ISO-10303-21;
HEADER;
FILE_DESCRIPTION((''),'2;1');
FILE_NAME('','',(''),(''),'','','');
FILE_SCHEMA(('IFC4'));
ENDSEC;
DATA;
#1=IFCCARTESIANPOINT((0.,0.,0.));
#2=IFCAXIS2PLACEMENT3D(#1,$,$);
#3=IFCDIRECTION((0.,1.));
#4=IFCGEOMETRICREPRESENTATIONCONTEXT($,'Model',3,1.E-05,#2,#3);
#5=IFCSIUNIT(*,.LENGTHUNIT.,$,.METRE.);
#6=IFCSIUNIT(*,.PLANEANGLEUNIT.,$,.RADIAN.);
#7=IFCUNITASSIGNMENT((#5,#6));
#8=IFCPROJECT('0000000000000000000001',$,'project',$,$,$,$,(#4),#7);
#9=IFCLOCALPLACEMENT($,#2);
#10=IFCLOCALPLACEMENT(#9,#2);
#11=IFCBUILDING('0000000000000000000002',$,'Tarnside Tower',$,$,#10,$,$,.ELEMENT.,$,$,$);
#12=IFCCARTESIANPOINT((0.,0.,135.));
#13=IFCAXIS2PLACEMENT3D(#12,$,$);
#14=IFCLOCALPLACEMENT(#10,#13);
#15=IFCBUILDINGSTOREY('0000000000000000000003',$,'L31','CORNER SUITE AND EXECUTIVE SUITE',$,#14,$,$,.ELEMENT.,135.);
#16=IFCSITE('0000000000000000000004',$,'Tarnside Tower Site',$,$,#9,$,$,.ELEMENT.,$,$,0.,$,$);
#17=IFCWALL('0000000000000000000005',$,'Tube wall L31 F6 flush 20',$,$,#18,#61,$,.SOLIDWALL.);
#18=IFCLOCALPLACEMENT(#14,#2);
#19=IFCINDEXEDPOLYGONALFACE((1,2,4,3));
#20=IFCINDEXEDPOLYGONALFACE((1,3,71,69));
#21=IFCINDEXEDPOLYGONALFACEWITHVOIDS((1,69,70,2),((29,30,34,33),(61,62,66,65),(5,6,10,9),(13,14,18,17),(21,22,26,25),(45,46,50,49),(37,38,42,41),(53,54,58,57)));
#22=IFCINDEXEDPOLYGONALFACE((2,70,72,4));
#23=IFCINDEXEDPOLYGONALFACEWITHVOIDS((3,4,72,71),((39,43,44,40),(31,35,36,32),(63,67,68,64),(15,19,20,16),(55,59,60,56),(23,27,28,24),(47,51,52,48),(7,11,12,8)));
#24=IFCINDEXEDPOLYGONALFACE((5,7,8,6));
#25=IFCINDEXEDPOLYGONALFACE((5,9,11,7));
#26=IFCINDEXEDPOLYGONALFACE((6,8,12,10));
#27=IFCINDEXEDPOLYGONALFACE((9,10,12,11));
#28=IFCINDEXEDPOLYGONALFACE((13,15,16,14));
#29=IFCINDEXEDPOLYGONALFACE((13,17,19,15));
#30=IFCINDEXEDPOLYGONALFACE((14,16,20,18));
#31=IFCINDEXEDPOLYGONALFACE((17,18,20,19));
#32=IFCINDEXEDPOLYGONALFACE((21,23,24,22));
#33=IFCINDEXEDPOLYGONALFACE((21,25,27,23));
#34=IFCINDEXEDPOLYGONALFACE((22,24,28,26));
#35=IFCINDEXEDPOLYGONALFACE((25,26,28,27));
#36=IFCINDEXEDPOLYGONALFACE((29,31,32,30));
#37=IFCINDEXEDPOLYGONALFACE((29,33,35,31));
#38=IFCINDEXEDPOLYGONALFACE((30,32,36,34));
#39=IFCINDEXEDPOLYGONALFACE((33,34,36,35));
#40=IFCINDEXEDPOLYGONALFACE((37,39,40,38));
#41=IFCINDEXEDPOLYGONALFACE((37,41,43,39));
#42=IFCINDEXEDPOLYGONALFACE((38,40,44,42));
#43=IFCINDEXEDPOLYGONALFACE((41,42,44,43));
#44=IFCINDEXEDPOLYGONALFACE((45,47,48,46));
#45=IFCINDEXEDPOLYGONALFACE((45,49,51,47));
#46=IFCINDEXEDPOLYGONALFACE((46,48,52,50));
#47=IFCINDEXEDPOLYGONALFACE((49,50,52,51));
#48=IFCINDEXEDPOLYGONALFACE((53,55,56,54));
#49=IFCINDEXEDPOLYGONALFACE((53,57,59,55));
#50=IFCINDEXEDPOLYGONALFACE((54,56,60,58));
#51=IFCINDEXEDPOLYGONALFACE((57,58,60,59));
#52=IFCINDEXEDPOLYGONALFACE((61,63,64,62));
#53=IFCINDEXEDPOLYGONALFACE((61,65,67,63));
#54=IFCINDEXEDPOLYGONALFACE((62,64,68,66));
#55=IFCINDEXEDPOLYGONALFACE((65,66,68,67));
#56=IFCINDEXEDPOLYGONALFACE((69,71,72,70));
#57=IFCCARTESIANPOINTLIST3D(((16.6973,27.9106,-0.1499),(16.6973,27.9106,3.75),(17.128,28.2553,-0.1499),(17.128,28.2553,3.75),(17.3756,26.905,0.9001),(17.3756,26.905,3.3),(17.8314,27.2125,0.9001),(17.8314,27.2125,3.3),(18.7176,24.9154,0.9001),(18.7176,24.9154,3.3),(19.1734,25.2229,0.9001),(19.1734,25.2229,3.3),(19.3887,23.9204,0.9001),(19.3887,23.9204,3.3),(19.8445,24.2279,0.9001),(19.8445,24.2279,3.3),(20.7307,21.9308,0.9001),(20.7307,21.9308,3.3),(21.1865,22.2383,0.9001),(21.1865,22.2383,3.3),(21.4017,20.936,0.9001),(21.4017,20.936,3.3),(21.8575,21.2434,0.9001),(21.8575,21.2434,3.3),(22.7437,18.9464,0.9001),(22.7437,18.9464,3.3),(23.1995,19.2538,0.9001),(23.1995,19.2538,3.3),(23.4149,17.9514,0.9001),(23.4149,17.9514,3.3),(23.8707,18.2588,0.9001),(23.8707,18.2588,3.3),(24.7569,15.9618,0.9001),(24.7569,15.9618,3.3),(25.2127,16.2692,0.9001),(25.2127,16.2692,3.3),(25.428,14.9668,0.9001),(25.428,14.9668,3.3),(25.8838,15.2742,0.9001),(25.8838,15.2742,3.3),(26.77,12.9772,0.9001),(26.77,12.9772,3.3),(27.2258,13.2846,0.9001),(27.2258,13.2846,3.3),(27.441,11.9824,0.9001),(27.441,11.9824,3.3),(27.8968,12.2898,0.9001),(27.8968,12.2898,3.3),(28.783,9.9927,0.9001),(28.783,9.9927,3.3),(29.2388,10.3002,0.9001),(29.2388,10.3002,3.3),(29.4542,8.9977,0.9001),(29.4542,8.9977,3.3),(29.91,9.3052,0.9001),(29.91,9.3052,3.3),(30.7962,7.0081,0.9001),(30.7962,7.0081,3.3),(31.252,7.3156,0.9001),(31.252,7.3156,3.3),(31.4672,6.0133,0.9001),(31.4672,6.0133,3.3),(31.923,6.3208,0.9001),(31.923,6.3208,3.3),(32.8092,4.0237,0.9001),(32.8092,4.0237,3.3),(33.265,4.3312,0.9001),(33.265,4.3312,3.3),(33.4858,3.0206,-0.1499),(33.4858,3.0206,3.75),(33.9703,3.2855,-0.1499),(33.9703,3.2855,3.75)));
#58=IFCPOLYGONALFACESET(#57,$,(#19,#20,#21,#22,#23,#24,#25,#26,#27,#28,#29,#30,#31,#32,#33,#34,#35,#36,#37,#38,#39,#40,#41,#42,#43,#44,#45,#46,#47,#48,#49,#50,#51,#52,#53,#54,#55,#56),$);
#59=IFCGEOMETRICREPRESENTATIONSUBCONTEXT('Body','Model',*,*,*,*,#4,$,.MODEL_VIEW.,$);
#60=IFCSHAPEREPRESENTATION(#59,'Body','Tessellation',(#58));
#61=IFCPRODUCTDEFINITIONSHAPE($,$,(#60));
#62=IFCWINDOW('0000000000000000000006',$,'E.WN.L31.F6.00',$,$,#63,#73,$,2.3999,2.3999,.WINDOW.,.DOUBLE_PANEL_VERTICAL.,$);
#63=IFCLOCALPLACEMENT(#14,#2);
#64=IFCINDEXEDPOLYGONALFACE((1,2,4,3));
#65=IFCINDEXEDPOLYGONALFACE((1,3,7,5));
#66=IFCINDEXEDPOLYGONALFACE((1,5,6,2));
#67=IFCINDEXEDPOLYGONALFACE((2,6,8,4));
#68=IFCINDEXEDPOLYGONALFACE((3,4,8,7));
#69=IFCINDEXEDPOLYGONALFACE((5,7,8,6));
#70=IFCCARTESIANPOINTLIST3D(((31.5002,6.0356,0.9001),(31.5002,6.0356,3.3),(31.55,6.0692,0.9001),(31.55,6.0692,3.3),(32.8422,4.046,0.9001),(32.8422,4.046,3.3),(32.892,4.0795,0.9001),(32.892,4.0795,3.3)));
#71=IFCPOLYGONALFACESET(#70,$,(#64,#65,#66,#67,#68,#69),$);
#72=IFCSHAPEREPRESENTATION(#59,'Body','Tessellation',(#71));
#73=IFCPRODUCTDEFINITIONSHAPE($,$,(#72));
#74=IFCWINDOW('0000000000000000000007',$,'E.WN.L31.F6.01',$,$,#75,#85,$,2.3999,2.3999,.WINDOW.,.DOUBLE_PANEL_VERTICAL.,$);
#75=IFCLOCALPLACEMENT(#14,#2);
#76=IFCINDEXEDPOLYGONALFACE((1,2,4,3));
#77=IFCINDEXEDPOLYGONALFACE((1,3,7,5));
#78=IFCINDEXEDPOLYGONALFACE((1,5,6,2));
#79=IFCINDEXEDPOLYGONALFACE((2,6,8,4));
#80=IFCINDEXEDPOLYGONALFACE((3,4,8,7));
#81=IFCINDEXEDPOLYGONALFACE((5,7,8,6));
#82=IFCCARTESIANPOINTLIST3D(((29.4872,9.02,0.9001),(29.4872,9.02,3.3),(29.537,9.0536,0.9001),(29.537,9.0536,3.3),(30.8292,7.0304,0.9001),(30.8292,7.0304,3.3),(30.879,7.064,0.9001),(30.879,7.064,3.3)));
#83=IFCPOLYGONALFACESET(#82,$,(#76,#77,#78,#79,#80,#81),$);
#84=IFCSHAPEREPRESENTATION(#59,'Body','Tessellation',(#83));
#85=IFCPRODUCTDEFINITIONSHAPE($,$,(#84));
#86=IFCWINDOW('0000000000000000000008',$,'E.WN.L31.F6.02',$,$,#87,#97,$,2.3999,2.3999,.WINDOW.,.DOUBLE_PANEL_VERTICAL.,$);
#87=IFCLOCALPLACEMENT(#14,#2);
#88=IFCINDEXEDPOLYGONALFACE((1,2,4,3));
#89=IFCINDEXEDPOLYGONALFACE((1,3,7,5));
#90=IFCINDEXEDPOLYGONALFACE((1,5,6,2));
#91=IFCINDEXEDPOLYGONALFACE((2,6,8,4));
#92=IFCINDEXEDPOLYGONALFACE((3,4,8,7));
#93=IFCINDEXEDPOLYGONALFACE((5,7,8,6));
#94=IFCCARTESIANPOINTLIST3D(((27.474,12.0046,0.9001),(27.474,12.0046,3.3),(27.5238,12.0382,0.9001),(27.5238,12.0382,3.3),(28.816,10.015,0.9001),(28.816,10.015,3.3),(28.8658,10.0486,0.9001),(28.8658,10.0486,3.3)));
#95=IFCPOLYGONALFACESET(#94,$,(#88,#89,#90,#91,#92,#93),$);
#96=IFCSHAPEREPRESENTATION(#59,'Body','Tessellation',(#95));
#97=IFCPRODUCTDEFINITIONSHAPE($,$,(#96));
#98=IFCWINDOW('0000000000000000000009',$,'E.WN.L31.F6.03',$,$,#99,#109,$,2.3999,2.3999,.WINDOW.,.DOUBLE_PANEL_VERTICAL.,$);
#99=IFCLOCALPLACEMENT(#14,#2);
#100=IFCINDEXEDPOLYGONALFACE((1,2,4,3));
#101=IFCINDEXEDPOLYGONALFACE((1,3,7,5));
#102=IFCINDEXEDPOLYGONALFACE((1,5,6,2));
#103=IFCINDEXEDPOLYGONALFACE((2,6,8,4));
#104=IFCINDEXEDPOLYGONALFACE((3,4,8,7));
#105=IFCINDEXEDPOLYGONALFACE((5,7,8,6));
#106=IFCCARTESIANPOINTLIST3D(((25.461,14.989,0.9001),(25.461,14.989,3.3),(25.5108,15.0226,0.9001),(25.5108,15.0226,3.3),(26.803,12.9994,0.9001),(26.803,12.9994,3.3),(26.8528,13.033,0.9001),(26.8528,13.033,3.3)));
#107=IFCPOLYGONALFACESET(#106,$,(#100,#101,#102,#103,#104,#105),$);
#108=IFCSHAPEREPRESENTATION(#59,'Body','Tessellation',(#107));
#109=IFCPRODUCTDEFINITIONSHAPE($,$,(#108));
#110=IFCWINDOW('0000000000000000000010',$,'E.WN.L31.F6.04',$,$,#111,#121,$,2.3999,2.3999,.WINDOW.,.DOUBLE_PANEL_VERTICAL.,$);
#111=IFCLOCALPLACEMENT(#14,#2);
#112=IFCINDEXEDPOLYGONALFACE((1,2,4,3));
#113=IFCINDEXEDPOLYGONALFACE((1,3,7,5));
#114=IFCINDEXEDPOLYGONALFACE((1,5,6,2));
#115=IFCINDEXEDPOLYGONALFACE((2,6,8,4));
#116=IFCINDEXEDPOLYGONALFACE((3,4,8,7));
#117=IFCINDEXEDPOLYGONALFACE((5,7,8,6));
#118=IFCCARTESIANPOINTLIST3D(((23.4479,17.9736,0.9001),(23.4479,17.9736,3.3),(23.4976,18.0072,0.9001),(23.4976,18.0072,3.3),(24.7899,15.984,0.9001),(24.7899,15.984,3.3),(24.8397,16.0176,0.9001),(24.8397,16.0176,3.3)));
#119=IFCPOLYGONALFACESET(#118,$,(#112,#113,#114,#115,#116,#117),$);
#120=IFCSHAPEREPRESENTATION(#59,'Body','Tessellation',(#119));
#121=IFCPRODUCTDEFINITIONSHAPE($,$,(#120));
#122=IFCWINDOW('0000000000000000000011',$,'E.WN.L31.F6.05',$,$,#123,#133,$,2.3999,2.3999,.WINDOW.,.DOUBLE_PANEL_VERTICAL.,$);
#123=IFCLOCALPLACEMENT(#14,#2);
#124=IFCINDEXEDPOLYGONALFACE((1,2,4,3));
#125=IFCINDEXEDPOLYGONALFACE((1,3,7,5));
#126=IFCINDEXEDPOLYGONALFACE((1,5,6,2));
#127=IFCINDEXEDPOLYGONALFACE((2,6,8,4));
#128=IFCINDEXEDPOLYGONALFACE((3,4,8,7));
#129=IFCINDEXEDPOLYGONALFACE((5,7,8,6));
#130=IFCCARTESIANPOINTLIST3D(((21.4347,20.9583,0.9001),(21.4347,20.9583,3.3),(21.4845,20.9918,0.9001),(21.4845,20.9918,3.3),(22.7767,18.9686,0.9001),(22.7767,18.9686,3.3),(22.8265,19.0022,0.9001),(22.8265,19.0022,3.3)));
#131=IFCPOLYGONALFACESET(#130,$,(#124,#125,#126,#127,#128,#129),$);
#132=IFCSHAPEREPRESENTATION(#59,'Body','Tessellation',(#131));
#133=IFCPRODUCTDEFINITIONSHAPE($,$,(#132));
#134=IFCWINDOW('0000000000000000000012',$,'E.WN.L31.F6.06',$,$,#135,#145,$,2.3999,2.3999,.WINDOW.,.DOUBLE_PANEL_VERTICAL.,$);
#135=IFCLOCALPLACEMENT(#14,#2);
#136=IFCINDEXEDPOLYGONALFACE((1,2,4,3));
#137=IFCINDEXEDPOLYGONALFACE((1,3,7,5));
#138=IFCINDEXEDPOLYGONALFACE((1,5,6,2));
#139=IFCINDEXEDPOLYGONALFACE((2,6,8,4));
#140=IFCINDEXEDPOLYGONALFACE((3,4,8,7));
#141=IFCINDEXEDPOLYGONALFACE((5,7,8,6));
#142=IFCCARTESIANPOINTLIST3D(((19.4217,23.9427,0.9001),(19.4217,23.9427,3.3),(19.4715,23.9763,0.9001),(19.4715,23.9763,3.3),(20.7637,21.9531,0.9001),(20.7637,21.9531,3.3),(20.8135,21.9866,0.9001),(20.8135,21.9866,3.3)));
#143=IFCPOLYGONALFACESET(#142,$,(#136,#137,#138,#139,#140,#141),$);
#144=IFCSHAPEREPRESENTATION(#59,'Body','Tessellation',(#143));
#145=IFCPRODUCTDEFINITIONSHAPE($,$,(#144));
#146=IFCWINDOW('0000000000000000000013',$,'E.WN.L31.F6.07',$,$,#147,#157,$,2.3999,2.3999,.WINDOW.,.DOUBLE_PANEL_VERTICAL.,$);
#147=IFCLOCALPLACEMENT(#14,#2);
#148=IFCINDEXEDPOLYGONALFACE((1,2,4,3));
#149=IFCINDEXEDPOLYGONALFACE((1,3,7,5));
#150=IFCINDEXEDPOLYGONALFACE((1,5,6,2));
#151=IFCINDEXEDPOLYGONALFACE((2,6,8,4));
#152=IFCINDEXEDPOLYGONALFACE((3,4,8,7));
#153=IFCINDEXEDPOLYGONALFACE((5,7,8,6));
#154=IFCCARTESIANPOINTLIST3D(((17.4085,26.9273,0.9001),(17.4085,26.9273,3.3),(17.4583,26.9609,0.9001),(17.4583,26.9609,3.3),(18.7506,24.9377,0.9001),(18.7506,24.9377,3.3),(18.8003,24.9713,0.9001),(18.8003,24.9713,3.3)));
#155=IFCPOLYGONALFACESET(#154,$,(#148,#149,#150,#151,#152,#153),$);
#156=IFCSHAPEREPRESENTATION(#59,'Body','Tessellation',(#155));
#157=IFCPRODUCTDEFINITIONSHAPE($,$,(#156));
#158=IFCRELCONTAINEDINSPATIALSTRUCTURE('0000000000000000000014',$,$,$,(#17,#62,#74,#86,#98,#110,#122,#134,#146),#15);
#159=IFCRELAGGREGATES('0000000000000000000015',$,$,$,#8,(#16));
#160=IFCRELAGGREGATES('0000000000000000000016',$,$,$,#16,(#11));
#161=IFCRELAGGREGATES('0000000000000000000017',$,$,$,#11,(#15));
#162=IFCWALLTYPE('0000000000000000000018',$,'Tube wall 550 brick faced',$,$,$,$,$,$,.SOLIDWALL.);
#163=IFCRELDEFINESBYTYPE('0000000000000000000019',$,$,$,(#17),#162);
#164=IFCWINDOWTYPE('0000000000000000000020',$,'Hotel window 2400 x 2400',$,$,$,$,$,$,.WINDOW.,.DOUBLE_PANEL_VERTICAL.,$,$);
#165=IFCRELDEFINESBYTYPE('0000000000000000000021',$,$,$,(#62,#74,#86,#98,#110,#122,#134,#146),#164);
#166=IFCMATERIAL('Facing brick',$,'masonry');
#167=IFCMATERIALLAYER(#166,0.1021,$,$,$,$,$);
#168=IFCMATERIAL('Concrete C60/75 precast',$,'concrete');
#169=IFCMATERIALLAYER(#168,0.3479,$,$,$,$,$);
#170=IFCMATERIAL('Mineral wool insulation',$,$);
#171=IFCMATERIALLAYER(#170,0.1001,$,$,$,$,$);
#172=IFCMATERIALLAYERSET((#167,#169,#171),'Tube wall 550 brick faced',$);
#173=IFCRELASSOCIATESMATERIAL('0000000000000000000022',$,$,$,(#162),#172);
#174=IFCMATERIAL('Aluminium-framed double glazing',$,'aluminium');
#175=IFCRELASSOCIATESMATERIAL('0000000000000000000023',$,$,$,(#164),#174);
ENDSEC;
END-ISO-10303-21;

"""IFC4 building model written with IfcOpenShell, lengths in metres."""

from ifc_helpers import new_model, si_unit, direction, frame, frame_2d, origin, place, context, subcontext, project, spatial, polyline, rectangle, outline, extrude, material, layer, layer_set, type_object, element, fill, save


model = new_model("IFC4")

# Units and contexts
model_context = context("Model", 3, precision=1e-05, world=origin(), true_north=direction((0.0, 1.0)))
body_context = subcontext(model_context, "Body", "Model", "MODEL_VIEW")
ifc_project = project(units=[si_unit("LENGTHUNIT", "METRE"), si_unit("PLANEANGLEUNIT", "RADIAN")], contexts=[model_context])

# Site, building, storey
site_placement = place(None, origin())
site = spatial("IfcSite", under=ifc_project, at=site_placement, Name="Tarnside Tower Site", CompositionType="ELEMENT", RefElevation=0.0)
building_placement = place(site_placement, origin())
building = spatial("IfcBuilding", under=site, at=building_placement, Name="Tarnside Tower", CompositionType="ELEMENT")
storey_placement = place(building_placement, frame((0.0, 0.0, 135.0)))
storey = spatial("IfcBuildingStorey", under=building, at=storey_placement, Name="L31", Description="CORNER SUITE AND EXECUTIVE SUITE", CompositionType="ELEMENT", Elevation=135.0)

# Shared definitions
ifc_material_1 = material(Name="Facing brick", Category="masonry")
ifc_layer_1 = layer(ifc_material_1, 0.1021)
ifc_material_2 = material(Name="Concrete C60/75 precast", Category="concrete")
ifc_layer_2 = layer(ifc_material_2, 0.3479)
ifc_material_3 = material(Name="Mineral wool insulation")
ifc_layer_3 = layer(ifc_material_3, 0.1001)
ifc_layer_set_1 = layer_set([ifc_layer_1, ifc_layer_2, ifc_layer_3], Name="Tube wall 550 brick faced")
wall_type_1 = type_object("IfcWallType", Name="Tube wall 550 brick faced", PredefinedType="SOLIDWALL", material=ifc_layer_set_1)

# Wall, openings, windows
wall_1_placement = place(storey_placement, frame((33.728, 3.1531, -0.1499), z_axis=(0.0, 0.0, 1.0), x_axis=(-0.559192, 0.829038, 0.0)))
wall_1 = element("IfcWall", 1, at=wall_1_placement, inside=storey, type_object=wall_type_1, Name="Tube wall L31 F6 flush 20", PredefinedType="SOLIDWALL", context=body_context, shape_type="SweptSolid", body=[
    extrude(outline(polyline([(-0.0256, -0.2749), (30.0933, -0.2749), (30.0483, 0.2749), (0.0256, 0.2749), (-0.0256, -0.2749)])), origin(), (0.0, 0.0, 1.0), 3.8999),
])
opening_1_placement = place(wall_1_placement, frame((1.2356, 0.0, 1.05)))
opening_1 = element("IfcOpeningElement", 2, at=opening_1_placement, cuts=wall_1, PredefinedType="OPENING", context=body_context, shape_type="SweptSolid", body=[
    extrude(rectangle(XDim=2.3999, YDim=2.3999, at=frame_2d((1.2, 1.2))), frame((0.0, 0.2852, 0.0), z_axis=(0.0, -1.0, 0.0), x_axis=(1.0, 0.0, 0.0)), (0.0, 0.0, 1.0), 0.5701),
])
opening_2_placement = place(wall_1_placement, frame((4.8354, 0.0, 1.05)))
opening_2 = element("IfcOpeningElement", 3, at=opening_2_placement, cuts=wall_1, PredefinedType="OPENING", context=body_context, shape_type="SweptSolid", body=[
    extrude(rectangle(XDim=2.3999, YDim=2.3999, at=frame_2d((1.2, 1.2))), frame((0.0, 0.2852, 0.0), z_axis=(0.0, -1.0, 0.0), x_axis=(1.0, 0.0, 0.0)), (0.0, 0.0, 1.0), 0.5701),
])
opening_3_placement = place(wall_1_placement, frame((8.4355, 0.0, 1.05)))
opening_3 = element("IfcOpeningElement", 4, at=opening_3_placement, cuts=wall_1, PredefinedType="OPENING", context=body_context, shape_type="SweptSolid", body=[
    extrude(rectangle(XDim=2.3999, YDim=2.3999, at=frame_2d((1.2, 1.2))), frame((0.0, 0.2852, 0.0), z_axis=(0.0, -1.0, 0.0), x_axis=(1.0, 0.0, 0.0)), (0.0, 0.0, 1.0), 0.5701),
])
opening_4_placement = place(wall_1_placement, frame((12.0354, 0.0, 1.05)))
opening_4 = element("IfcOpeningElement", 5, at=opening_4_placement, cuts=wall_1, PredefinedType="OPENING", context=body_context, shape_type="SweptSolid", body=[
    extrude(rectangle(XDim=2.3999, YDim=2.3999, at=frame_2d((1.2, 1.2))), frame((0.0, 0.2852, 0.0), z_axis=(0.0, -1.0, 0.0), x_axis=(1.0, 0.0, 0.0)), (0.0, 0.0, 1.0), 0.5701),
])
opening_5_placement = place(wall_1_placement, frame((15.6355, 0.0, 1.05)))
opening_5 = element("IfcOpeningElement", 6, at=opening_5_placement, cuts=wall_1, PredefinedType="OPENING", context=body_context, shape_type="SweptSolid", body=[
    extrude(rectangle(XDim=2.3999, YDim=2.3999, at=frame_2d((1.2, 1.2))), frame((0.0, 0.2852, 0.0), z_axis=(0.0, -1.0, 0.0), x_axis=(1.0, 0.0, 0.0)), (0.0, 0.0, 1.0), 0.5701),
])
opening_6_placement = place(wall_1_placement, frame((19.2356, 0.0, 1.05)))
opening_6 = element("IfcOpeningElement", 7, at=opening_6_placement, cuts=wall_1, PredefinedType="OPENING", context=body_context, shape_type="SweptSolid", body=[
    extrude(rectangle(XDim=2.3999, YDim=2.3999, at=frame_2d((1.2, 1.2))), frame((0.0, 0.2852, 0.0), z_axis=(0.0, -1.0, 0.0), x_axis=(1.0, 0.0, 0.0)), (0.0, 0.0, 1.0), 0.5701),
])
opening_7_placement = place(wall_1_placement, frame((22.8354, 0.0, 1.05)))
opening_7 = element("IfcOpeningElement", 8, at=opening_7_placement, cuts=wall_1, PredefinedType="OPENING", context=body_context, shape_type="SweptSolid", body=[
    extrude(rectangle(XDim=2.3999, YDim=2.3999, at=frame_2d((1.2, 1.2))), frame((0.0, 0.2852, 0.0), z_axis=(0.0, -1.0, 0.0), x_axis=(1.0, 0.0, 0.0)), (0.0, 0.0, 1.0), 0.5701),
])
opening_8_placement = place(wall_1_placement, frame((26.4355, 0.0, 1.05)))
opening_8 = element("IfcOpeningElement", 9, at=opening_8_placement, cuts=wall_1, PredefinedType="OPENING", context=body_context, shape_type="SweptSolid", body=[
    extrude(rectangle(XDim=2.3999, YDim=2.3999, at=frame_2d((1.2, 1.2))), frame((0.0, 0.2852, 0.0), z_axis=(0.0, -1.0, 0.0), x_axis=(1.0, 0.0, 0.0)), (0.0, 0.0, 1.0), 0.5701),
])
ifc_material_4 = material(Name="Aluminium-framed double glazing", Category="aluminium")
window_type = type_object("IfcWindowType", Name="Hotel window 2400 x 2400", PartitioningType="DOUBLE_PANEL_VERTICAL", PredefinedType="WINDOW", material=ifc_material_4)
window_1_placement = place(opening_1_placement, frame((0.0, 0.2051, 0.0)))
window_1 = element("IfcWindow", 10, at=window_1_placement, inside=storey, type_object=window_type, Name="E.WN.L31.F6.00", OverallHeight=2.3999, OverallWidth=2.3999, PartitioningType="DOUBLE_PANEL_VERTICAL", PredefinedType="WINDOW", context=body_context, shape_type="SweptSolid", body=[
    extrude(rectangle(XDim=2.3999, YDim=2.3999, at=frame_2d((1.2, 1.2))), frame((0.0, 0.03, 0.0), z_axis=(0.0, -1.0, 0.0), x_axis=(1.0, 0.0, 0.0)), (0.0, 0.0, 1.0), 0.0601),
])
fill(opening_1, window_1)
window_2_placement = place(opening_2_placement, frame((0.0, 0.2051, 0.0)))
window_2 = element("IfcWindow", 11, at=window_2_placement, inside=storey, type_object=window_type, Name="E.WN.L31.F6.01", OverallHeight=2.3999, OverallWidth=2.3999, PartitioningType="DOUBLE_PANEL_VERTICAL", PredefinedType="WINDOW", context=body_context, shape_type="SweptSolid", body=[
    extrude(rectangle(XDim=2.3999, YDim=2.3999, at=frame_2d((1.2, 1.2))), frame((0.0, 0.03, 0.0), z_axis=(0.0, -1.0, 0.0), x_axis=(1.0, 0.0, 0.0)), (0.0, 0.0, 1.0), 0.0601),
])
fill(opening_2, window_2)
window_3_placement = place(opening_3_placement, frame((0.0, 0.2051, 0.0)))
window_3 = element("IfcWindow", 12, at=window_3_placement, inside=storey, type_object=window_type, Name="E.WN.L31.F6.02", OverallHeight=2.3999, OverallWidth=2.3999, PartitioningType="DOUBLE_PANEL_VERTICAL", PredefinedType="WINDOW", context=body_context, shape_type="SweptSolid", body=[
    extrude(rectangle(XDim=2.3999, YDim=2.3999, at=frame_2d((1.2, 1.2))), frame((0.0, 0.03, 0.0), z_axis=(0.0, -1.0, 0.0), x_axis=(1.0, 0.0, 0.0)), (0.0, 0.0, 1.0), 0.0601),
])
fill(opening_3, window_3)
window_4_placement = place(opening_4_placement, frame((0.0, 0.2051, 0.0)))
window_4 = element("IfcWindow", 13, at=window_4_placement, inside=storey, type_object=window_type, Name="E.WN.L31.F6.03", OverallHeight=2.3999, OverallWidth=2.3999, PartitioningType="DOUBLE_PANEL_VERTICAL", PredefinedType="WINDOW", context=body_context, shape_type="SweptSolid", body=[
    extrude(rectangle(XDim=2.3999, YDim=2.3999, at=frame_2d((1.2, 1.2))), frame((0.0, 0.03, 0.0), z_axis=(0.0, -1.0, 0.0), x_axis=(1.0, 0.0, 0.0)), (0.0, 0.0, 1.0), 0.0601),
])
fill(opening_4, window_4)
window_5_placement = place(opening_5_placement, frame((0.0, 0.2051, 0.0)))
window_5 = element("IfcWindow", 14, at=window_5_placement, inside=storey, type_object=window_type, Name="E.WN.L31.F6.04", OverallHeight=2.3999, OverallWidth=2.3999, PartitioningType="DOUBLE_PANEL_VERTICAL", PredefinedType="WINDOW", context=body_context, shape_type="SweptSolid", body=[
    extrude(rectangle(XDim=2.3999, YDim=2.3999, at=frame_2d((1.2, 1.2))), frame((0.0, 0.03, 0.0), z_axis=(0.0, -1.0, 0.0), x_axis=(1.0, 0.0, 0.0)), (0.0, 0.0, 1.0), 0.0601),
])
fill(opening_5, window_5)
window_6_placement = place(opening_6_placement, frame((0.0, 0.2051, 0.0)))
window_6 = element("IfcWindow", 15, at=window_6_placement, inside=storey, type_object=window_type, Name="E.WN.L31.F6.05", OverallHeight=2.3999, OverallWidth=2.3999, PartitioningType="DOUBLE_PANEL_VERTICAL", PredefinedType="WINDOW", context=body_context, shape_type="SweptSolid", body=[
    extrude(rectangle(XDim=2.3999, YDim=2.3999, at=frame_2d((1.2, 1.2))), frame((0.0, 0.03, 0.0), z_axis=(0.0, -1.0, 0.0), x_axis=(1.0, 0.0, 0.0)), (0.0, 0.0, 1.0), 0.0601),
])
fill(opening_6, window_6)
window_7_placement = place(opening_7_placement, frame((0.0, 0.2051, 0.0)))
window_7 = element("IfcWindow", 16, at=window_7_placement, inside=storey, type_object=window_type, Name="E.WN.L31.F6.06", OverallHeight=2.3999, OverallWidth=2.3999, PartitioningType="DOUBLE_PANEL_VERTICAL", PredefinedType="WINDOW", context=body_context, shape_type="SweptSolid", body=[
    extrude(rectangle(XDim=2.3999, YDim=2.3999, at=frame_2d((1.2, 1.2))), frame((0.0, 0.03, 0.0), z_axis=(0.0, -1.0, 0.0), x_axis=(1.0, 0.0, 0.0)), (0.0, 0.0, 1.0), 0.0601),
])
fill(opening_7, window_7)
window_8_placement = place(opening_8_placement, frame((0.0, 0.2051, 0.0)))
window_8 = element("IfcWindow", 17, at=window_8_placement, inside=storey, type_object=window_type, Name="E.WN.L31.F6.07", OverallHeight=2.3999, OverallWidth=2.3999, PartitioningType="DOUBLE_PANEL_VERTICAL", PredefinedType="WINDOW", context=body_context, shape_type="SweptSolid", body=[
    extrude(rectangle(XDim=2.3999, YDim=2.3999, at=frame_2d((1.2, 1.2))), frame((0.0, 0.03, 0.0), z_axis=(0.0, -1.0, 0.0), x_axis=(1.0, 0.0, 0.0)), (0.0, 0.0, 1.0), 0.0601),
])
fill(opening_8, window_8)

save(model, "model.ifc")
